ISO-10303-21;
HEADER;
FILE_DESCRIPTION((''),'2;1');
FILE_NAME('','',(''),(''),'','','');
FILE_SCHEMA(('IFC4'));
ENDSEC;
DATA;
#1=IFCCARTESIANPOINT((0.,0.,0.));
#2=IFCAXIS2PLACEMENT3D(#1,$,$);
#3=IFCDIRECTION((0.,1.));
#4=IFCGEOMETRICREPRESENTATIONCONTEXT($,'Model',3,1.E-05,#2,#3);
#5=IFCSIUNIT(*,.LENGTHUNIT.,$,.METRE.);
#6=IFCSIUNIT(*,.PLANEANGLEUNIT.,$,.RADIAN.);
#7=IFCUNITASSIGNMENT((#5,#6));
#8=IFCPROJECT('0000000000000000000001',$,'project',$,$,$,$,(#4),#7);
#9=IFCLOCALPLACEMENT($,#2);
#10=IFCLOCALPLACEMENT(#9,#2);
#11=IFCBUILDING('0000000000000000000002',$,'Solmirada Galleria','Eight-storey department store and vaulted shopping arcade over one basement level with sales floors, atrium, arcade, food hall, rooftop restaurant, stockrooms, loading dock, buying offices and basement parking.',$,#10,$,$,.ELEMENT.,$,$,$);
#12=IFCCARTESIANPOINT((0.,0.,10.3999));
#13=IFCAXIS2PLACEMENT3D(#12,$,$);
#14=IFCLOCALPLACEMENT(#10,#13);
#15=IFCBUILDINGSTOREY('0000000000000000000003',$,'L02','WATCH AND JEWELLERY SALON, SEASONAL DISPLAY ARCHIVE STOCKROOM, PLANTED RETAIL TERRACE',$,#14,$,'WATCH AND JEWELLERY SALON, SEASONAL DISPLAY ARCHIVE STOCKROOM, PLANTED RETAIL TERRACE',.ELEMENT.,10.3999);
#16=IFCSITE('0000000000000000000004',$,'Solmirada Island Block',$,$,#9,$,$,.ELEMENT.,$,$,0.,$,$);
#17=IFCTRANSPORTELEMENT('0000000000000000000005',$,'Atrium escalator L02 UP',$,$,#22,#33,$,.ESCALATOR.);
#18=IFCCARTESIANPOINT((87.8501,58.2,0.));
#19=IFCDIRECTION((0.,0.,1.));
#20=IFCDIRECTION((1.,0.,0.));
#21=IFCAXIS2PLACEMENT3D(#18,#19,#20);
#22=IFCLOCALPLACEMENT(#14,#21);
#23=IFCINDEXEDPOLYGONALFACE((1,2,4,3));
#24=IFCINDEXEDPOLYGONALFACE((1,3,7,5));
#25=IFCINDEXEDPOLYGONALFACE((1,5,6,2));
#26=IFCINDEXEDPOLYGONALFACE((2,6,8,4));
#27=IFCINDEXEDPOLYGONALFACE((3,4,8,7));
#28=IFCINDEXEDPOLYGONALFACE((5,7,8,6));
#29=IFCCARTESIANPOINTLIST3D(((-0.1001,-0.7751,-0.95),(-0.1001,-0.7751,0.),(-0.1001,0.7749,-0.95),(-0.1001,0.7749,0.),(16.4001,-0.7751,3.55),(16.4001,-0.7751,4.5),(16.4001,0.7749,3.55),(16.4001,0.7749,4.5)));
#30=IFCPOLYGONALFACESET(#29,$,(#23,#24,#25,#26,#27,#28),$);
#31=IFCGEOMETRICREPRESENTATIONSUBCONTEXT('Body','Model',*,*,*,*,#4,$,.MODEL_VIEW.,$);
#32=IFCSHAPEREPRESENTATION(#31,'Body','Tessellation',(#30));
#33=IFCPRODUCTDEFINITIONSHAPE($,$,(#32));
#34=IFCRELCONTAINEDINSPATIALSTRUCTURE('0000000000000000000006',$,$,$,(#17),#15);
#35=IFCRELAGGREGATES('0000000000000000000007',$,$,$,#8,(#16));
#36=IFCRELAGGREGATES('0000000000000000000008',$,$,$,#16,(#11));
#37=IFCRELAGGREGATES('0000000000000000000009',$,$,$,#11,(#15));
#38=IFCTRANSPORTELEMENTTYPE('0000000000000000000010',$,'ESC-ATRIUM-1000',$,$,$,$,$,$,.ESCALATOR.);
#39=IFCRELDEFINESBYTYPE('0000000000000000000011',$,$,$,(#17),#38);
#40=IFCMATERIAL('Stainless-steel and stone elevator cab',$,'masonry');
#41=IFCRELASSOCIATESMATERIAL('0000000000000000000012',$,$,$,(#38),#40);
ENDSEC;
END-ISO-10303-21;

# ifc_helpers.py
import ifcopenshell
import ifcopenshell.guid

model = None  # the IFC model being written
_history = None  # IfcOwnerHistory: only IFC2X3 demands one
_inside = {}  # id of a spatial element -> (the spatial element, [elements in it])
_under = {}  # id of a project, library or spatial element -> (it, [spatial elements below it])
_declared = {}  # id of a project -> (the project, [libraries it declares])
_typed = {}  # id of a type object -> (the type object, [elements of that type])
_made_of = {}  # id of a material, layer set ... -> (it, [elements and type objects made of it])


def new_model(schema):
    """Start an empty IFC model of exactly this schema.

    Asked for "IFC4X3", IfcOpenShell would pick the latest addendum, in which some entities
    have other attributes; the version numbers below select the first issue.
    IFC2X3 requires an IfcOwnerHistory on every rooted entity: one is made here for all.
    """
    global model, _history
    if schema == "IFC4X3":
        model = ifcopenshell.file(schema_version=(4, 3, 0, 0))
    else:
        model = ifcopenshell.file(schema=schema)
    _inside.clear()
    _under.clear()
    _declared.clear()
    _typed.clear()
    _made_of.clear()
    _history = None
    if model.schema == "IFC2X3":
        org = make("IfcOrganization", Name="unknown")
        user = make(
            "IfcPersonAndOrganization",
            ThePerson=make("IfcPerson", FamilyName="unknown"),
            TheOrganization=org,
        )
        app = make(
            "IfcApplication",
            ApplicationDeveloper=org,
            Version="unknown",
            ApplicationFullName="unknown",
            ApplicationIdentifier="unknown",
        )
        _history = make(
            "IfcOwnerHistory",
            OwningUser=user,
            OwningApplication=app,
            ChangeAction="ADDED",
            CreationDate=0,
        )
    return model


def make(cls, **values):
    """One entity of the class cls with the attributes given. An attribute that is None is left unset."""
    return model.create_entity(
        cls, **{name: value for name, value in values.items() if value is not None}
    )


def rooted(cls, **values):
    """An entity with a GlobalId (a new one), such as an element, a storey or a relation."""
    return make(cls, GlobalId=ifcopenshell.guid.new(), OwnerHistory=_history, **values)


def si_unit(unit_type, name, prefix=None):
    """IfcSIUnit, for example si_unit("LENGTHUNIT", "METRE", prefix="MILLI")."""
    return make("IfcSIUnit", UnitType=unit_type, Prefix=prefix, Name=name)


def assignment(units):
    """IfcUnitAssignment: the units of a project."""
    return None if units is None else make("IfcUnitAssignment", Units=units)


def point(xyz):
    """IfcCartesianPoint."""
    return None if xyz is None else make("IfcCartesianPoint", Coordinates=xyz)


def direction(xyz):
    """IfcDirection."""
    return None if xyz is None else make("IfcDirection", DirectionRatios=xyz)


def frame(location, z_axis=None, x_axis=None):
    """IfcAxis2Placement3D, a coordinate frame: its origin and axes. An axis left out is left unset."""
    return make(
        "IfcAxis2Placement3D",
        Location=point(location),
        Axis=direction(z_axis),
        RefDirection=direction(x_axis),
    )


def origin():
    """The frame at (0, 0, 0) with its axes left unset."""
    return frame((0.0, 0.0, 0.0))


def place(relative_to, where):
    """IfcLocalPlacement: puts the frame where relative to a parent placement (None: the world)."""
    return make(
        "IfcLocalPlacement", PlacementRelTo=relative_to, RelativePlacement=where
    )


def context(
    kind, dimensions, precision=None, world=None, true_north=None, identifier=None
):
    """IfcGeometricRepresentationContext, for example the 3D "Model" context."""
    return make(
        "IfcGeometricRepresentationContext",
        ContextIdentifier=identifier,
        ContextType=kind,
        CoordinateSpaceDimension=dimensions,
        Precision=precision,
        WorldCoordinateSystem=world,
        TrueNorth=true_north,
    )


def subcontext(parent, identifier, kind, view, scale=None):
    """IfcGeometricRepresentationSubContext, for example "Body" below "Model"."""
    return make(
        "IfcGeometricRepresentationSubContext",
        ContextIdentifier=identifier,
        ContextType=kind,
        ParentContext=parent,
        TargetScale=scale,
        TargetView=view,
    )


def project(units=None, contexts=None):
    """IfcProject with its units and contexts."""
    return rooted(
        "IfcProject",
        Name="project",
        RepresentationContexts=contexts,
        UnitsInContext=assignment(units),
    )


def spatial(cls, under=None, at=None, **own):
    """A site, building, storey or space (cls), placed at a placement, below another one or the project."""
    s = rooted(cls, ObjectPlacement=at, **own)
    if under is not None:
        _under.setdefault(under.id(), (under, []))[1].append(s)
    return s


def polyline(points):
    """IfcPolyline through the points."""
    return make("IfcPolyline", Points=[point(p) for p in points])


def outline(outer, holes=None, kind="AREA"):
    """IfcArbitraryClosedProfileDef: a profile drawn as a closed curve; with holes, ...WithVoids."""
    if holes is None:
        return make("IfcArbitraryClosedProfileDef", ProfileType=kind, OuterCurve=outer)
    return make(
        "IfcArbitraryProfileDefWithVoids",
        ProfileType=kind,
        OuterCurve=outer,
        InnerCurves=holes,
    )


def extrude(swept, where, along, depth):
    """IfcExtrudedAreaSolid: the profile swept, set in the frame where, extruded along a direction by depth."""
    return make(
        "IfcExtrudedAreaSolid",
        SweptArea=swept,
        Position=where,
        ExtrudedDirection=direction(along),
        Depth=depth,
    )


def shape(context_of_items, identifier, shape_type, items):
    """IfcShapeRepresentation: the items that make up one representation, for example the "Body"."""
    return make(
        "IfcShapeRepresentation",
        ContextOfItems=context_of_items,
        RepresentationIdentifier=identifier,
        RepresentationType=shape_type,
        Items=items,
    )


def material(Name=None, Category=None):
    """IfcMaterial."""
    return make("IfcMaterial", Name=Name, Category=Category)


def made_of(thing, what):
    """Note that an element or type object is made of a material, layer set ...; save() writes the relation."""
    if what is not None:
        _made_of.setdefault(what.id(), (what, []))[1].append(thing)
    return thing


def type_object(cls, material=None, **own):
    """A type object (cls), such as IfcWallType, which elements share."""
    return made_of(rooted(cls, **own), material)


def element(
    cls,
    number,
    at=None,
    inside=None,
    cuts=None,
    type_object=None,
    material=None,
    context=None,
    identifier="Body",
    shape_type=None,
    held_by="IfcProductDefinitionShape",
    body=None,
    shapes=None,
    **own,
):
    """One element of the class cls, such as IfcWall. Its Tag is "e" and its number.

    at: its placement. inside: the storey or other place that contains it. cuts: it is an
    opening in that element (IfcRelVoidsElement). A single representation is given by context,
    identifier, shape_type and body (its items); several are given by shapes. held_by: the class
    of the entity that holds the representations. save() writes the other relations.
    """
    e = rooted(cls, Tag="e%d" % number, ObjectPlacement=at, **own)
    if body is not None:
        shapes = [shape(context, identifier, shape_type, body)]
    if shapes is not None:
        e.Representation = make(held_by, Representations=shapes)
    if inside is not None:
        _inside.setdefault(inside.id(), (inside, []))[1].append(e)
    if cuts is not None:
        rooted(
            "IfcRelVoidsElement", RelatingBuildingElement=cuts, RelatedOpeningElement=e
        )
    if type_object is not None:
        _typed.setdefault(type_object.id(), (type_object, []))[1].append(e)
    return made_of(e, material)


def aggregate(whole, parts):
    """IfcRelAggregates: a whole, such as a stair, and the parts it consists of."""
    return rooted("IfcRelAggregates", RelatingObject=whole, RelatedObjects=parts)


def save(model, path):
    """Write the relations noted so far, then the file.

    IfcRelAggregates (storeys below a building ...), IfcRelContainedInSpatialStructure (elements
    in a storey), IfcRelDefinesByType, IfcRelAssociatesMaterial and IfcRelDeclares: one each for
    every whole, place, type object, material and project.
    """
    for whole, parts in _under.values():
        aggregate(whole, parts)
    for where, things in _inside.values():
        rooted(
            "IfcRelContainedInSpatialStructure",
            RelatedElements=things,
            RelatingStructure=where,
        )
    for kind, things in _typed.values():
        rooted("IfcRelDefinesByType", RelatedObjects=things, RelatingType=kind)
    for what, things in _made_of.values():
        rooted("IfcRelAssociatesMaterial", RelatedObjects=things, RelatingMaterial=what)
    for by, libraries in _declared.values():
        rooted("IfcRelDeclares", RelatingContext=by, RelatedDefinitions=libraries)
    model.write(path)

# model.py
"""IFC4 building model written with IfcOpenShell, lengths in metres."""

from ifc_helpers import new_model, si_unit, direction, frame, origin, place, context, subcontext, project, spatial, polyline, outline, extrude, material, type_object, element, save


model = new_model("IFC4")

# Units and contexts
model_context = context("Model", 3, precision=1e-05, world=origin(), true_north=direction((0.0, 1.0)))
body_context = subcontext(model_context, "Body", "Model", "MODEL_VIEW")
ifc_project = project(units=[si_unit("LENGTHUNIT", "METRE"), si_unit("PLANEANGLEUNIT", "RADIAN")], contexts=[model_context])

# Site, building, storey
site_placement = place(None, origin())
site = spatial("IfcSite", under=ifc_project, at=site_placement, Name="Solmirada Island Block", CompositionType="ELEMENT", RefElevation=0.0)
building_placement = place(site_placement, origin())
building = spatial("IfcBuilding", under=site, at=building_placement, Name="Solmirada Galleria", Description="Eight-storey department store and vaulted shopping arcade over one basement level with sales floors, atrium, arcade, food hall, rooftop restaurant, stockrooms, loading dock, buying offices and basement parking.", CompositionType="ELEMENT")
storey_placement = place(building_placement, frame((0.0, 0.0, 10.3999)))
storey = spatial("IfcBuildingStorey", under=building, at=storey_placement, Name="L02", Description="WATCH AND JEWELLERY SALON, SEASONAL DISPLAY ARCHIVE STOCKROOM, PLANTED RETAIL TERRACE", LongName="WATCH AND JEWELLERY SALON, SEASONAL DISPLAY ARCHIVE STOCKROOM, PLANTED RETAIL TERRACE", CompositionType="ELEMENT", Elevation=10.3999)

# Transport element
ifc_material_1 = material(Name="Stainless-steel and stone elevator cab", Category="masonry")
transport_element_type = type_object("IfcTransportElementType", Name="ESC-ATRIUM-1000", PredefinedType="ESCALATOR", material=ifc_material_1)
transport_element_placement = place(storey_placement, frame((87.8501, 58.2, 0.0), z_axis=(0.0, 0.0, 1.0), x_axis=(1.0, 0.0, 0.0)))
element("IfcTransportElement", 1, at=transport_element_placement, inside=storey, type_object=transport_element_type, Name="Atrium escalator L02 UP", PredefinedType="ESCALATOR", context=body_context, shape_type="SweptSolid", body=[
    extrude(outline(polyline([(-0.1001, 0.0), (16.4001, 4.5), (16.4001, 3.55), (-0.1001, -0.95), (-0.1001, 0.0)])), frame((0.0, 0.7749, 0.0), z_axis=(0.0, -1.0, 0.0), x_axis=(1.0, 0.0, 0.0)), (0.0, 0.0, 1.0), 1.55),
])

save(model, "model.ifc")
